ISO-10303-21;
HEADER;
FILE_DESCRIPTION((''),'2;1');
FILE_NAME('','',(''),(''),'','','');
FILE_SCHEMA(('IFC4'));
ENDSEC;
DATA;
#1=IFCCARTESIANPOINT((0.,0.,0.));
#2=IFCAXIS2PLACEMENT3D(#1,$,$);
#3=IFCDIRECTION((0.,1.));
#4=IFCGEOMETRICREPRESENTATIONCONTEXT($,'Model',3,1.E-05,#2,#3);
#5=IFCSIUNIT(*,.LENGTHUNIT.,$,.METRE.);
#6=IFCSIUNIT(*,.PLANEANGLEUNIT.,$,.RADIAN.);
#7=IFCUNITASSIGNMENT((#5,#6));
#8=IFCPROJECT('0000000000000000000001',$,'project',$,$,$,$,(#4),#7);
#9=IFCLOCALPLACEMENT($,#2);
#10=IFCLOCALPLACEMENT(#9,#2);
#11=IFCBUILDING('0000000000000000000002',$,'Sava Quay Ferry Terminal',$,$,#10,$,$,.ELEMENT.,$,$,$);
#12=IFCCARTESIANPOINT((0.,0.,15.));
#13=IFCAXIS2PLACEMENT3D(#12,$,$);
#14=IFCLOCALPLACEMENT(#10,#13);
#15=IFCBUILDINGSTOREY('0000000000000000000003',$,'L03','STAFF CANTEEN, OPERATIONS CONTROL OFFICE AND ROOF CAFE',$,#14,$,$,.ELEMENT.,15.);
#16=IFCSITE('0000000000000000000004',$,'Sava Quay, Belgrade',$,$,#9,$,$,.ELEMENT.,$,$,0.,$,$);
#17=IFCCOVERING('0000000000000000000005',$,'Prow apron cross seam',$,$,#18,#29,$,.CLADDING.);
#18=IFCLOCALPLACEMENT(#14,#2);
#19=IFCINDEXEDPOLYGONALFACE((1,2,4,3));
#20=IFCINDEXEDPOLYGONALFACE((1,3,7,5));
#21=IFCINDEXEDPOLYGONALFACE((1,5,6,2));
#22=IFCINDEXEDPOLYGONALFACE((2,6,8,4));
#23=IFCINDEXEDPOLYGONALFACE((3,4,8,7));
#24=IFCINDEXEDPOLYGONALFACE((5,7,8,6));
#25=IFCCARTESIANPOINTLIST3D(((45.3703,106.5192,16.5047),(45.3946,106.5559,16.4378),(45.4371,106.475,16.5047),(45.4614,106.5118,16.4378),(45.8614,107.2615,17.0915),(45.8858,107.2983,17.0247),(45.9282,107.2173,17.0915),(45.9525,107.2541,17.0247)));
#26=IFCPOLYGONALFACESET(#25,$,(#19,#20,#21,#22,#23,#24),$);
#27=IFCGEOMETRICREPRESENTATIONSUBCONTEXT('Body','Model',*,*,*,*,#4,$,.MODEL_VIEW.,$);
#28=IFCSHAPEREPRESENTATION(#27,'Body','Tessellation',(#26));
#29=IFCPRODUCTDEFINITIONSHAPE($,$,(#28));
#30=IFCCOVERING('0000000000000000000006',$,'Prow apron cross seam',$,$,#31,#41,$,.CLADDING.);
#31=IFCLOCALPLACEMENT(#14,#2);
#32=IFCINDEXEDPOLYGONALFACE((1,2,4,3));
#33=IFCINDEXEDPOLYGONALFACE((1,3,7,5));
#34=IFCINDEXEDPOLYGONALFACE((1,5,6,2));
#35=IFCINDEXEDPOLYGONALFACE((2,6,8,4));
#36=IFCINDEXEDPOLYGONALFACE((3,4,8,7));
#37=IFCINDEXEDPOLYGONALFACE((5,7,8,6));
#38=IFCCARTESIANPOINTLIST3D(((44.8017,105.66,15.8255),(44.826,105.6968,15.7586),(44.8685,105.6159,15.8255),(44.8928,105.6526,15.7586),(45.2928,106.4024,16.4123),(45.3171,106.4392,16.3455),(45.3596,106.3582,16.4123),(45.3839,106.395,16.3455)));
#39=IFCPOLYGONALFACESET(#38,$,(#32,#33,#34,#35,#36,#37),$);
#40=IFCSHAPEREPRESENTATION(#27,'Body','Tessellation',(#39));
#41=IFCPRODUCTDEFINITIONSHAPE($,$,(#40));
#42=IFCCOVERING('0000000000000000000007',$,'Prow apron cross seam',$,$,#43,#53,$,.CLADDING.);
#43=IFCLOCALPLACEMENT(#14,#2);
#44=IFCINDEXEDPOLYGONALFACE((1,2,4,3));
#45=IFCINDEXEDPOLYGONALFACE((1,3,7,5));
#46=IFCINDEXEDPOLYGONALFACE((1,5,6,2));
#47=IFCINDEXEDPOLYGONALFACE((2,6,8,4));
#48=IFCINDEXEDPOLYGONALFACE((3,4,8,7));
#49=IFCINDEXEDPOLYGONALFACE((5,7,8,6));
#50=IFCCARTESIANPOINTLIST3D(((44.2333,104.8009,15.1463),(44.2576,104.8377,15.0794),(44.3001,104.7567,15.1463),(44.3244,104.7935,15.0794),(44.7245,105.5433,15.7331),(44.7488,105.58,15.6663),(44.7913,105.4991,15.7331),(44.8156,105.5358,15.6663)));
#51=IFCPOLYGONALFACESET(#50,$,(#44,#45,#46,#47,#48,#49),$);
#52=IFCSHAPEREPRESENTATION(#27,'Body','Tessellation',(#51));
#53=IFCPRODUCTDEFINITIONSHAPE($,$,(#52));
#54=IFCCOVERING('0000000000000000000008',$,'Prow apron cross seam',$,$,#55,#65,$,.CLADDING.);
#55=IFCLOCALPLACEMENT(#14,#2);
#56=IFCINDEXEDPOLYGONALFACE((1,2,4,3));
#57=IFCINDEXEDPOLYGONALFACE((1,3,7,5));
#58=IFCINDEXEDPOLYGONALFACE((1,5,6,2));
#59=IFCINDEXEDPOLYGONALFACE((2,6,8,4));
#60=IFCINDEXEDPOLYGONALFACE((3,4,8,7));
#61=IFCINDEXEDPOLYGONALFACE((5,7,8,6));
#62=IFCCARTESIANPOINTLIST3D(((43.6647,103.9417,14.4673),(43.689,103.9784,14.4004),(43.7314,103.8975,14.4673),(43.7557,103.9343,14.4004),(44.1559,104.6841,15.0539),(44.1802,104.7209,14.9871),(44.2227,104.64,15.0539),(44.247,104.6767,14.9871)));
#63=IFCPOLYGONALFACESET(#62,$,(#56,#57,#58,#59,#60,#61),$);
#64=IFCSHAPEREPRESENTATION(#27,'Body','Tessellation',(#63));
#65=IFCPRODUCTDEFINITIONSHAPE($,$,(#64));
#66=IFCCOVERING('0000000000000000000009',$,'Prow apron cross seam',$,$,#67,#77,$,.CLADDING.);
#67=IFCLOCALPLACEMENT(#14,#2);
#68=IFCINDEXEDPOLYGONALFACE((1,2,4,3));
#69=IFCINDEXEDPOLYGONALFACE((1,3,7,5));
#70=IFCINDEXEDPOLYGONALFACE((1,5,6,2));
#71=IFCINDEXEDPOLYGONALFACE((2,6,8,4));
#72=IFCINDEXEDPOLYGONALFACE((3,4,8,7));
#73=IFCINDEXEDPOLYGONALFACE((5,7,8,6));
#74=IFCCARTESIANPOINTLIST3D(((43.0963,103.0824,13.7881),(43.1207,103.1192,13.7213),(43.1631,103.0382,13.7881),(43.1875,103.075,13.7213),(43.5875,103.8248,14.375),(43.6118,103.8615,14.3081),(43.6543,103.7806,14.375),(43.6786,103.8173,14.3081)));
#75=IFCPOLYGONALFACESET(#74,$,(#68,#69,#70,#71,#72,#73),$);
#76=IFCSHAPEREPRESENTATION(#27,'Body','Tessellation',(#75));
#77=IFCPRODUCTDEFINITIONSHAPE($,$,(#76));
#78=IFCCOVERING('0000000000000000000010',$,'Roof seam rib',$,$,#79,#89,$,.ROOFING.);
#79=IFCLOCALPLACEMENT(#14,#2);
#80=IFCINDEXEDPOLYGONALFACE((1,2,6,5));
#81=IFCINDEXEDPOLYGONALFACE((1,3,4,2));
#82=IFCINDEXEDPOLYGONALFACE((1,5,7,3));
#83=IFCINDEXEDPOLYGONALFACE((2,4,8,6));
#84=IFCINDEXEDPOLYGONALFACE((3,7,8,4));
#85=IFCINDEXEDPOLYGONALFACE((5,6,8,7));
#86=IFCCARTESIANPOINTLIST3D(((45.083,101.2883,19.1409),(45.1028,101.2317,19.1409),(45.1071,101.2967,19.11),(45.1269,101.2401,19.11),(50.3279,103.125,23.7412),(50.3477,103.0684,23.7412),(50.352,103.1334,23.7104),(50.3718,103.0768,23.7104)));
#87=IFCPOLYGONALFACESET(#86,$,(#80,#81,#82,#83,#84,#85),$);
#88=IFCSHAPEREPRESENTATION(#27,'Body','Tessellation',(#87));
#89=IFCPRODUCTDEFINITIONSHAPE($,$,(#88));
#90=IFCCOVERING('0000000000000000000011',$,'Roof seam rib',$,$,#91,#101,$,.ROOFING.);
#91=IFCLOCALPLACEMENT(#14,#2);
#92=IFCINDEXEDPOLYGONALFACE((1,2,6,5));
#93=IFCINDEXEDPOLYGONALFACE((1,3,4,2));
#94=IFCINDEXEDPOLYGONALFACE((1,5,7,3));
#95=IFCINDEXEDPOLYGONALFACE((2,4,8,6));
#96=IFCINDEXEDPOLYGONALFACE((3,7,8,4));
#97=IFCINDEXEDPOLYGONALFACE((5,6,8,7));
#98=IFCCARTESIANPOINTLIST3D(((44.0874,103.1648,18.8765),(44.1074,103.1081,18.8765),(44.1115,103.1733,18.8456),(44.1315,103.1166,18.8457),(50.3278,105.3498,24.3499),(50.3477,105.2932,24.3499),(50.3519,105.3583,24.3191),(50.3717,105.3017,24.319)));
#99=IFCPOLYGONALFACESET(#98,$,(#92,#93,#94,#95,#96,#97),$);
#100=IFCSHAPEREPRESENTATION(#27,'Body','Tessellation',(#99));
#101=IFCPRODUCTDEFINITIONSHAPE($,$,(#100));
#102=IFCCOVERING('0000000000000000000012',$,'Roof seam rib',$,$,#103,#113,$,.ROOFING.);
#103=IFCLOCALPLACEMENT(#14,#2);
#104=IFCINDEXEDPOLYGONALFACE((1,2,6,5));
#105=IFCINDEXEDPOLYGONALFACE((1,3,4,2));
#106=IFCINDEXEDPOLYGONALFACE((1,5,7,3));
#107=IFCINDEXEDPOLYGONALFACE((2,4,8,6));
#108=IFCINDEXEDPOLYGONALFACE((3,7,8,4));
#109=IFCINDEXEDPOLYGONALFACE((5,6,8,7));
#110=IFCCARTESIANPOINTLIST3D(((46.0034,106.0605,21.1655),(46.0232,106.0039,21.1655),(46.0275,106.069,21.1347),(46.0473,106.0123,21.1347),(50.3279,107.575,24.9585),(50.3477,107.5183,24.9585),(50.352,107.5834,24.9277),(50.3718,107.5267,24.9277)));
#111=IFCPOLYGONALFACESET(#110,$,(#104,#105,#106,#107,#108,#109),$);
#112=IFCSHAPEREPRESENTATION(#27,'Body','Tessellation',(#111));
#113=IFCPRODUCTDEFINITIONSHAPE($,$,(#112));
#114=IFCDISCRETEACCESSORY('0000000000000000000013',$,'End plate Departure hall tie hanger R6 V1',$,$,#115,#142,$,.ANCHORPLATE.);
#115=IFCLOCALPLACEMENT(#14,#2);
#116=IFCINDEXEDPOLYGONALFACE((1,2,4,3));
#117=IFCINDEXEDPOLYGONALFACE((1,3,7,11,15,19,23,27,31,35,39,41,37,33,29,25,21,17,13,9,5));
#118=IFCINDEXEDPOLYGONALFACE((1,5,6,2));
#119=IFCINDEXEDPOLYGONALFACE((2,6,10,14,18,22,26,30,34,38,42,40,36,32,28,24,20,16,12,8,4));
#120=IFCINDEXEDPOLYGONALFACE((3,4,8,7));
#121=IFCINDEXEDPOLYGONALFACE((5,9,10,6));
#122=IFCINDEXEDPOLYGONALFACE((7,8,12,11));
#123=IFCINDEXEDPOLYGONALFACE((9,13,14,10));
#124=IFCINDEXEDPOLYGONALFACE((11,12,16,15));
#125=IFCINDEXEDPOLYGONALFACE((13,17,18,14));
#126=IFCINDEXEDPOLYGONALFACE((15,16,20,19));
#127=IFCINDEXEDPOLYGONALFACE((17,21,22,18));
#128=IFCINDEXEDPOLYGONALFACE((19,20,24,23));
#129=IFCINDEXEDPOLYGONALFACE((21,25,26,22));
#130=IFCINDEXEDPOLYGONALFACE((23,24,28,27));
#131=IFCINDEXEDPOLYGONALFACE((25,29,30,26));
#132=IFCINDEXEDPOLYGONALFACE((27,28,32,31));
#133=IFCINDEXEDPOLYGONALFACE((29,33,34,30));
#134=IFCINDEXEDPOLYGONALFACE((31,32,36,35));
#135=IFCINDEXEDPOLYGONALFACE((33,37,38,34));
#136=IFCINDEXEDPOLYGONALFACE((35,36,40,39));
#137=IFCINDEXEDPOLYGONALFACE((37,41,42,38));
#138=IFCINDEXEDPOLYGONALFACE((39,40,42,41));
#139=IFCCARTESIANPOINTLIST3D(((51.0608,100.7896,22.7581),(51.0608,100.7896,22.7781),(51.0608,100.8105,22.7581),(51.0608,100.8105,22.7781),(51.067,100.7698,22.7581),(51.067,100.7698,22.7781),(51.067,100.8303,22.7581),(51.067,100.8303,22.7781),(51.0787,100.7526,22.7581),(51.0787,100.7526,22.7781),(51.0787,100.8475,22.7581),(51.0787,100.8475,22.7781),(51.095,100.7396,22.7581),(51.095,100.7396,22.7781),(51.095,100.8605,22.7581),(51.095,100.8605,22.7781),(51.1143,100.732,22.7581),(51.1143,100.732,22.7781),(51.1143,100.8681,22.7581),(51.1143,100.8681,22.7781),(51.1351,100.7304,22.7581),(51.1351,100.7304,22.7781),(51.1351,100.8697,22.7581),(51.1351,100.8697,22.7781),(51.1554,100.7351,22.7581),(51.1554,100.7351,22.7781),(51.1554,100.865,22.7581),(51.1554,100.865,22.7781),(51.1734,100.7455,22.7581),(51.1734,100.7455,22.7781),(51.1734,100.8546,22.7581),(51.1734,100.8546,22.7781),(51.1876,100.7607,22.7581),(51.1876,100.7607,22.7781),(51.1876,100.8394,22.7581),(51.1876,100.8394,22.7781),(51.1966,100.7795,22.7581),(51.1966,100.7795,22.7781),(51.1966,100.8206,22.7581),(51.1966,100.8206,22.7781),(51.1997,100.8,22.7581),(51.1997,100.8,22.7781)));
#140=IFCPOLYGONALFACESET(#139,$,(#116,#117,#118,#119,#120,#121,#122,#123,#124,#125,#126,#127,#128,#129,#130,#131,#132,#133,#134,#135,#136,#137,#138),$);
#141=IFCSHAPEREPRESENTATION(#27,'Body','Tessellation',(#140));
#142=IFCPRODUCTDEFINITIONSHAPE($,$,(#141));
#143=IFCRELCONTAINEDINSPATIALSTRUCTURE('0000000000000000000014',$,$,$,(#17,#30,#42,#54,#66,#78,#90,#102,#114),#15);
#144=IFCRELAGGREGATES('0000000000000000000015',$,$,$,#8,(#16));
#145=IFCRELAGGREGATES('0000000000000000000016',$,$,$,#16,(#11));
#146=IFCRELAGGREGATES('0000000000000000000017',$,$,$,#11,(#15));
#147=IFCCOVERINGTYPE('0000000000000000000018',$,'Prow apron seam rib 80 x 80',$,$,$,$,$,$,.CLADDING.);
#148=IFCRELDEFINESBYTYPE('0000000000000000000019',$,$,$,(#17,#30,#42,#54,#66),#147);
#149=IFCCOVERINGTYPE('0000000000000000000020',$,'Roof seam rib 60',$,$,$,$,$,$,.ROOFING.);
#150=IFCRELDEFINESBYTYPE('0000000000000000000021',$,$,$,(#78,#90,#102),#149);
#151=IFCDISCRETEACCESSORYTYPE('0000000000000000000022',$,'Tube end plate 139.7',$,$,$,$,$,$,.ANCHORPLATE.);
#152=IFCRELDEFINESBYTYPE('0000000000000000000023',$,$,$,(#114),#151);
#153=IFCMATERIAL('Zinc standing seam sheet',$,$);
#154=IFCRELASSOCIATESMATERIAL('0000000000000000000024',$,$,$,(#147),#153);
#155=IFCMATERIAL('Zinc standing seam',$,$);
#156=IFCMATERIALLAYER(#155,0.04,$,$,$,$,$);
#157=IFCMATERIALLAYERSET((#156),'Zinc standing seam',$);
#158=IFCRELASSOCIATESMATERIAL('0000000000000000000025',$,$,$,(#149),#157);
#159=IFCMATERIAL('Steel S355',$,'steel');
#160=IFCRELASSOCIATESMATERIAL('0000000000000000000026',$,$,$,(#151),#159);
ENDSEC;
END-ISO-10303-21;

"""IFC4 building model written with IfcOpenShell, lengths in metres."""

from ifc_helpers import new_model, si_unit, direction, frame, origin, origin_2d, place, context, subcontext, project, spatial, polyline, rectangle, circle, outline, extrude, material, layer, layer_set, material_profile, profile_set, type_object, element, save


model = new_model("IFC4")

# Units and contexts
model_context = context("Model", 3, precision=1e-05, world=origin(), true_north=direction((0.0, 1.0)))
body_context = subcontext(model_context, "Body", "Model", "MODEL_VIEW")
ifc_project = project(units=[si_unit("LENGTHUNIT", "METRE"), si_unit("PLANEANGLEUNIT", "RADIAN")], contexts=[model_context])

# Site, building, storey
site_placement = place(None, origin())
site = spatial("IfcSite", under=ifc_project, at=site_placement, Name="Sava Quay, Belgrade", CompositionType="ELEMENT", RefElevation=0.0)
building_placement = place(site_placement, origin())
building = spatial("IfcBuilding", under=site, at=building_placement, Name="Sava Quay Ferry Terminal", CompositionType="ELEMENT")
storey_placement = place(building_placement, frame((0.0, 0.0, 15.0)))
storey = spatial("IfcBuildingStorey", under=building, at=storey_placement, Name="L03", Description="STAFF CANTEEN, OPERATIONS CONTROL OFFICE AND ROOF CAFE", CompositionType="ELEMENT", Elevation=15.0)

# Coverings
ifc_material_1 = material(Name="Zinc standing seam sheet")
ifc_material_profile_1 = material_profile(ifc_material_1, rectangle(XDim=0.0801, YDim=0.0801, at=origin_2d()), Name="Strip 80 x 80")
ifc_profile_set_1 = profile_set([ifc_material_profile_1], Name="Zinc standing seam sheet")
covering_type_1 = type_object("IfcCoveringType", Name="Prow apron seam rib 80 x 80", PredefinedType="CLADDING", material=ifc_profile_set_1)
for number, where, z_axis, x_axis, name in (
    (1, (45.907, 107.2578, 17.0581), (-0.460676, -0.69628, -0.55043), (-0.303719, -0.459051, 0.834882), "Prow apron cross seam"),
    (2, (45.3384, 106.3987, 16.3789), (-0.460676, -0.69628, -0.55043), (-0.303719, -0.459051, 0.834882), "Prow apron cross seam"),
    (3, (44.77, 105.5396, 15.6997), (-0.460676, -0.69628, -0.55043), (-0.303719, -0.459051, 0.834882), "Prow apron cross seam"),
    (4, (44.2014, 104.6804, 15.0205), (-0.460734, -0.696367, -0.55027), (-0.303631, -0.458917, 0.834987), "Prow apron cross seam"),
    (5, (43.6331, 103.821, 14.3416), (-0.460676, -0.69628, -0.55043), (-0.303719, -0.459051, 0.834882), "Prow apron cross seam"),
):
    element("IfcCovering", number, at=place(storey_placement, frame(where, z_axis=z_axis, x_axis=x_axis)), inside=storey, type_object=covering_type_1, Name=name, PredefinedType="CLADDING", context=body_context, shape_type="SweptSolid", body=[
        extrude(rectangle(XDim=0.0801, YDim=0.0801, at=origin_2d()), origin(), (0.0, 0.0, 1.0), 1.0662),
    ])
ifc_material_2 = material(Name="Zinc standing seam")
ifc_layer = layer(ifc_material_2, 0.04)
ifc_layer_set = layer_set([ifc_layer], Name="Zinc standing seam")
covering_type_2 = type_object("IfcCoveringType", Name="Roof seam rib 60", PredefinedType="ROOFING", material=ifc_layer_set)
covering_1_placement = place(storey_placement, frame((45.083, 101.2883, 19.1409), z_axis=(-0.602037, -0.210194, 0.770305), x_axis=(0.727017, 0.25459, 0.637676)))
element("IfcCovering", 6, at=covering_1_placement, inside=storey, type_object=covering_type_2, Name="Roof seam rib", PredefinedType="ROOFING", context=body_context, shape_type="SweptSolid", body=[
    extrude(outline(polyline([(0.0, 0.0), (7.2142, 0.0), (7.2142, -0.06), (0.0, -0.06), (0.0, 0.0)])), origin(), (0.0, 0.0, -1.0), 0.04),
])
covering_2_placement = place(storey_placement, frame((44.0874, 103.1648, 18.8765), z_axis=(-0.60163, -0.211348, 0.770307), x_axis=(0.727029, 0.254564, 0.637672)))
element("IfcCovering", 7, at=covering_2_placement, inside=storey, type_object=covering_type_2, Name="Roof seam rib", PredefinedType="ROOFING", context=body_context, shape_type="SweptSolid", body=[
    extrude(outline(polyline([(0.0, 0.0), (8.5835, 0.0), (8.5834, -0.06), (0.0001, -0.0601), (0.0, 0.0)])), origin(), (0.0, 0.0, -1.0), 0.04),
])
covering_3_placement = place(storey_placement, frame((46.0034, 106.0605, 21.1655), z_axis=(-0.602029, -0.210191, 0.770312), x_axis=(0.727021, 0.254599, 0.637667)))
element("IfcCovering", 8, at=covering_3_placement, inside=storey, type_object=covering_type_2, Name="Roof seam rib", PredefinedType="ROOFING", context=body_context, shape_type="SweptSolid", body=[
    extrude(outline(polyline([(0.0, 0.0), (5.9482, 0.0), (5.9482, -0.06), (0.0, -0.06), (0.0, 0.0)])), origin(), (0.0, 0.0, -1.0), 0.04),
])

# Discrete accessory
ifc_material_3 = material(Name="Steel S355", Category="steel")
ifc_material_profile_2 = material_profile(ifc_material_3, circle(Radius=0.0698, at=origin_2d()), Name="Plate 139.7 dia x 20")
ifc_profile_set_2 = profile_set([ifc_material_profile_2], Name="Steel S355")
discrete_accessory_type = type_object("IfcDiscreteAccessoryType", Name="Tube end plate 139.7", PredefinedType="ANCHORPLATE", material=ifc_profile_set_2)
discrete_accessory_placement = place(storey_placement, frame((51.1299, 100.8, 22.7581), z_axis=(0.0, 0.0, 1.0), x_axis=(1.0, 0.0, 0.0)))
element("IfcDiscreteAccessory", 9, at=discrete_accessory_placement, inside=storey, type_object=discrete_accessory_type, Name="End plate Departure hall tie hanger R6 V1", PredefinedType="ANCHORPLATE", context=body_context, shape_type="SweptSolid", body=[
    extrude(circle(Radius=0.0698, at=origin_2d()), origin(), (0.0, 0.0, 1.0), 0.02),
])

save(model, "model.ifc")
